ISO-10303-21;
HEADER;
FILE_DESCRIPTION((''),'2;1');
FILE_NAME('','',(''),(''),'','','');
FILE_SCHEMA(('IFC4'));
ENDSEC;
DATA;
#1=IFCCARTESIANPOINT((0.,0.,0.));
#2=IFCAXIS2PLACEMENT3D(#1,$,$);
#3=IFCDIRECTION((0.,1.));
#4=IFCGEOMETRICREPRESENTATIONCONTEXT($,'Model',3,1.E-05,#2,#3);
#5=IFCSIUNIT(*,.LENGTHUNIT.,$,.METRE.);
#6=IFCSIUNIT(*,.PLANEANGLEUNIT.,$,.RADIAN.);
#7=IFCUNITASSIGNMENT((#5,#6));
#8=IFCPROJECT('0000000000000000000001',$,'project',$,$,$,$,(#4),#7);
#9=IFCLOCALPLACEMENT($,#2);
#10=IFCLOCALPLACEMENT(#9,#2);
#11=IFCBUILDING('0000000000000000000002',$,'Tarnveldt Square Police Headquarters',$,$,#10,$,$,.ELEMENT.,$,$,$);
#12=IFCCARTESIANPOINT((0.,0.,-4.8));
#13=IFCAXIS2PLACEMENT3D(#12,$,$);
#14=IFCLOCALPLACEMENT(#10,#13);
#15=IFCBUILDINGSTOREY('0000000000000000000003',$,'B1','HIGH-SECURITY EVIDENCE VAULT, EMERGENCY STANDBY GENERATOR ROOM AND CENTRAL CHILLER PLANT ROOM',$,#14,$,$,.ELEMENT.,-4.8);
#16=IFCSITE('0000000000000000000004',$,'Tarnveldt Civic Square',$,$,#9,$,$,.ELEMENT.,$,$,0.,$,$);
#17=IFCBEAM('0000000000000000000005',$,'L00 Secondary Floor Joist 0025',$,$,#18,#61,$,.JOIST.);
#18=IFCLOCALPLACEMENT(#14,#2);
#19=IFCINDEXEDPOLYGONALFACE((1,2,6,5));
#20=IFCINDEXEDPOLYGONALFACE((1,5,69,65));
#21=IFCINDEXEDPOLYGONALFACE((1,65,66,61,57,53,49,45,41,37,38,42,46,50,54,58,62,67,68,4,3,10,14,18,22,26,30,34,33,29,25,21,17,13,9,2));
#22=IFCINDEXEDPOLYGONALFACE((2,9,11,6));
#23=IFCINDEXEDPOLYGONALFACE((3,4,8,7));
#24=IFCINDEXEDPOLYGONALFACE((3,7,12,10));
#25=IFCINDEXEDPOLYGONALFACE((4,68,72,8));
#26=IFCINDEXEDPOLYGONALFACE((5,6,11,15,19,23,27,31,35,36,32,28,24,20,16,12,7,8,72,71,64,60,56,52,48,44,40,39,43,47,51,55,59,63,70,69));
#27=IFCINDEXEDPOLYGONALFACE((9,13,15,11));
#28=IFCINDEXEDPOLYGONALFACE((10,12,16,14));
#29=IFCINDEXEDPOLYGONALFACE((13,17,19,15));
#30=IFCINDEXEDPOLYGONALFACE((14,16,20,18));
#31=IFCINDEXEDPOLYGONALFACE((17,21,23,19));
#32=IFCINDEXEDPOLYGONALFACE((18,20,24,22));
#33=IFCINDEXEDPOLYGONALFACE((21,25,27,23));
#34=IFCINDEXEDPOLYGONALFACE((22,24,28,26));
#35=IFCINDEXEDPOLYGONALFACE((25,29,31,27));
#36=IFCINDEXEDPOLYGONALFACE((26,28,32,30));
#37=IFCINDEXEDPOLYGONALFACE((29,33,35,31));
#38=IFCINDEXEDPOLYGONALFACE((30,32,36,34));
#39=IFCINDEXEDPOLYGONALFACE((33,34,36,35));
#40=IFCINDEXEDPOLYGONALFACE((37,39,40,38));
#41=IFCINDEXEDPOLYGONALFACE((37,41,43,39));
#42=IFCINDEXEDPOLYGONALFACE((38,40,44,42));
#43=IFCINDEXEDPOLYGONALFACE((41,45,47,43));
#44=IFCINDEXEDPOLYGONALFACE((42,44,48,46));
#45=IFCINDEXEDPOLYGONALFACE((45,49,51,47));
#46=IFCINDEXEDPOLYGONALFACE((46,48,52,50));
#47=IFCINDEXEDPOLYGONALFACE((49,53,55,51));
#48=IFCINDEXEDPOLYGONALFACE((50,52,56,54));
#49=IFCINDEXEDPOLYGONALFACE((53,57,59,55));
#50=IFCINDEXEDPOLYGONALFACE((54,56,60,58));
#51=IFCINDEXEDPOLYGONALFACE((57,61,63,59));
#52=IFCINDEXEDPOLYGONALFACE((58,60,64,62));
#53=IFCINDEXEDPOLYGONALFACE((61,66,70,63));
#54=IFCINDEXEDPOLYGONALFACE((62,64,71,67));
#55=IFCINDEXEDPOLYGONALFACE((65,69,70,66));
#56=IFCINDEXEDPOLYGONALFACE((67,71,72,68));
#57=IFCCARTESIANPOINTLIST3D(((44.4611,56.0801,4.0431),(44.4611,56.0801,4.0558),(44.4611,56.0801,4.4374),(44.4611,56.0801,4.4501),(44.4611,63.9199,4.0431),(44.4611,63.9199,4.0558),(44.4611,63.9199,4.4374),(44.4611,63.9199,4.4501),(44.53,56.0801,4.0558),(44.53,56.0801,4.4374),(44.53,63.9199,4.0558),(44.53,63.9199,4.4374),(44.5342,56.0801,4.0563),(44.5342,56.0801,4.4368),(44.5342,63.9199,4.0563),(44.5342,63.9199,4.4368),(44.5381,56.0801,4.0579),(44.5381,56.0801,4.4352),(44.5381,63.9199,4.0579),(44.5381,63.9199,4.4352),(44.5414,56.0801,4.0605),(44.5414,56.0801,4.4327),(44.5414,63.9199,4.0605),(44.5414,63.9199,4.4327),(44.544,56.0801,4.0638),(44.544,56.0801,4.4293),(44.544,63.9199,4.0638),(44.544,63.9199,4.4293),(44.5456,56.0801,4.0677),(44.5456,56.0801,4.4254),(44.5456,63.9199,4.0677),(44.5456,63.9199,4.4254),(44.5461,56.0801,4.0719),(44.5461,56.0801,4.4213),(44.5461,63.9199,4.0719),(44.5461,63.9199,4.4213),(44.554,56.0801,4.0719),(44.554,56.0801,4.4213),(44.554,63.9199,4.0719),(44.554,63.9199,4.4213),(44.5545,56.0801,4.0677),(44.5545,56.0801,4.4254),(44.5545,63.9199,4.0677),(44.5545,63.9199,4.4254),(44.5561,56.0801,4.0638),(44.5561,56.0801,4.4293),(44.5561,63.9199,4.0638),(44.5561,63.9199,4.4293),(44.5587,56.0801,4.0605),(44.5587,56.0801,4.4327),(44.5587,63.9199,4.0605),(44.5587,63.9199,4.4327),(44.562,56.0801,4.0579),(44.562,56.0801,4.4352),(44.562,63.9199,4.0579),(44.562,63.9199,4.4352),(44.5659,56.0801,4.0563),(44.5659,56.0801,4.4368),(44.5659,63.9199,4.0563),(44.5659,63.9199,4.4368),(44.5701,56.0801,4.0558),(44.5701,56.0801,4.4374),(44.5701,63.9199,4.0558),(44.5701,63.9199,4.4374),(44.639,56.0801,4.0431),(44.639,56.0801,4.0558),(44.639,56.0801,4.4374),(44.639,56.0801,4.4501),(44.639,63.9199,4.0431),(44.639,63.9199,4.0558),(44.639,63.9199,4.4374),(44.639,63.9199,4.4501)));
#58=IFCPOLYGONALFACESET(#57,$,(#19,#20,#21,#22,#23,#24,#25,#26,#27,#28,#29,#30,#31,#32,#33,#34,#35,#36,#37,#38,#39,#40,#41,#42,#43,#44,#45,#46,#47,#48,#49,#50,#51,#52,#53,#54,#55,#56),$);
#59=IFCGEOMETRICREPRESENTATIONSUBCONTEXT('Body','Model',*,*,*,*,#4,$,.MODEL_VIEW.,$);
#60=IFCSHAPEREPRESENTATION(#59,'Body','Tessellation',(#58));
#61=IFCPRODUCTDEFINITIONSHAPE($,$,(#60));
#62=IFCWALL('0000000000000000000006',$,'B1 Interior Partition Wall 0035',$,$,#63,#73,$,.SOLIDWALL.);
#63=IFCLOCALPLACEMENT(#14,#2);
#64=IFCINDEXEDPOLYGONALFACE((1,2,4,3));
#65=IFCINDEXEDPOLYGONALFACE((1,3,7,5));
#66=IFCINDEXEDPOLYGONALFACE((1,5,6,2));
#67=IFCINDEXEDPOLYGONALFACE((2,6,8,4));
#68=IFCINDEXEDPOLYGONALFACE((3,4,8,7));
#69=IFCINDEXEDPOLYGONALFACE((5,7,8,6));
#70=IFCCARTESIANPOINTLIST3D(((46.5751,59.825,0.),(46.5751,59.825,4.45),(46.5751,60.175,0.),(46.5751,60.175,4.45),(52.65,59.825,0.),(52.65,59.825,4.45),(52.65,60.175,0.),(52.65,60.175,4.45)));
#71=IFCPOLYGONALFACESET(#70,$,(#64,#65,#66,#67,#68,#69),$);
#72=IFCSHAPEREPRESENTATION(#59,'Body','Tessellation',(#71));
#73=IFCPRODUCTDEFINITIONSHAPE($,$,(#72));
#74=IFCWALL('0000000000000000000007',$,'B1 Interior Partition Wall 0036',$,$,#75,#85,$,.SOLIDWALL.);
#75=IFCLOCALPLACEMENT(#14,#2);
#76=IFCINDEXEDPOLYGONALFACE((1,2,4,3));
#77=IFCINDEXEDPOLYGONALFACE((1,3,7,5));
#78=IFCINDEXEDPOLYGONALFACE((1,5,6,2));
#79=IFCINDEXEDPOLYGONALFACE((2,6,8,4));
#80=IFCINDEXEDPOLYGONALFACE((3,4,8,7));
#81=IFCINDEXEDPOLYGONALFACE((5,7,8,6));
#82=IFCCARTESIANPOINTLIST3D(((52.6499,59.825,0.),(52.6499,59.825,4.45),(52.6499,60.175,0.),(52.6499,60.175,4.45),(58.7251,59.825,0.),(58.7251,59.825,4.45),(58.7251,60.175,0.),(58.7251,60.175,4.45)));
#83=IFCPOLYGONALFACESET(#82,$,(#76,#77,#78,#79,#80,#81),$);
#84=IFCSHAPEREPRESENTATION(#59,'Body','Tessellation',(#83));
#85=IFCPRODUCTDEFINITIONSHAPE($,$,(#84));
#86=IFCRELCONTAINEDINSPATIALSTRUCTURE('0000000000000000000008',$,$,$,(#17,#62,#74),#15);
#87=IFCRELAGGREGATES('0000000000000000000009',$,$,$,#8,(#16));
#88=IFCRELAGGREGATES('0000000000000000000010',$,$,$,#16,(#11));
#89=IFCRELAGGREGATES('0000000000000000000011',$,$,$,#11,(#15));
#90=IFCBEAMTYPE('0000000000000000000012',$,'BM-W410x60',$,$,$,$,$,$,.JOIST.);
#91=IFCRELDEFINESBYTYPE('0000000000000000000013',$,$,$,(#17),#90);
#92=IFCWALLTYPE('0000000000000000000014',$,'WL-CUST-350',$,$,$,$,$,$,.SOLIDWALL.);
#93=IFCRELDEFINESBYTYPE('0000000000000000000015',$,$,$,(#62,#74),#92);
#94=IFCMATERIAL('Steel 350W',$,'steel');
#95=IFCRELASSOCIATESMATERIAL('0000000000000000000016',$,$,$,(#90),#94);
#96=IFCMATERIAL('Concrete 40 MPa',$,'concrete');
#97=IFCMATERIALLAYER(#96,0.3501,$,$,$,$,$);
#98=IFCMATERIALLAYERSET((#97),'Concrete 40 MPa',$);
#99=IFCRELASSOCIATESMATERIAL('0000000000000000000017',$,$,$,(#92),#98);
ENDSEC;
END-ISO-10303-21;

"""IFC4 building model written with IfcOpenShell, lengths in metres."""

from ifc_helpers import new_model, si_unit, direction, frame, frame_2d, origin, origin_2d, place, context, subcontext, project, spatial, rectangle, i_section, extrude, material, layer, layer_set, material_profile, profile_set, type_object, element, save


model = new_model("IFC4")

# Units and contexts
model_context = context("Model", 3, precision=1e-05, world=origin(), true_north=direction((0.0, 1.0)))
body_context = subcontext(model_context, "Body", "Model", "MODEL_VIEW")
ifc_project = project(units=[si_unit("LENGTHUNIT", "METRE"), si_unit("PLANEANGLEUNIT", "RADIAN")], contexts=[model_context])

# Site, building, storey
site_placement = place(None, origin())
site = spatial("IfcSite", under=ifc_project, at=site_placement, Name="Tarnveldt Civic Square", CompositionType="ELEMENT", RefElevation=0.0)
building_placement = place(site_placement, origin())
building = spatial("IfcBuilding", under=site, at=building_placement, Name="Tarnveldt Square Police Headquarters", CompositionType="ELEMENT")
storey_placement = place(building_placement, frame((0.0, 0.0, -4.8)))
storey = spatial("IfcBuildingStorey", under=building, at=storey_placement, Name="B1", Description="HIGH-SECURITY EVIDENCE VAULT, EMERGENCY STANDBY GENERATOR ROOM AND CENTRAL CHILLER PLANT ROOM", CompositionType="ELEMENT", Elevation=-4.8)

# Beam
ifc_material_1 = material(Name="Concrete 40 MPa", Category="concrete")
ifc_material_2 = material(Name="Steel 350W", Category="steel")
ifc_material_profile_1 = material_profile(ifc_material_2, i_section(OverallWidth=0.178, OverallDepth=0.407, WebThickness=0.0078, FlangeThickness=0.0127, FilletRadius=0.0161, at=origin_2d()), Name="W410x60")
ifc_profile_set_1 = profile_set([ifc_material_profile_1], Name="Steel 350W")
beam_type_1 = type_object("IfcBeamType", Name="BM-W410x60", PredefinedType="JOIST", material=ifc_profile_set_1)
beam_1_placement = place(storey_placement, frame((44.55, 56.0801, 4.2466), z_axis=(0.0, 1.0, 0.0), x_axis=(-1.0, 0.0, 0.0)))
element("IfcBeam", 1, at=beam_1_placement, inside=storey, type_object=beam_type_1, Name="L00 Secondary Floor Joist 0025", PredefinedType="JOIST", context=body_context, shape_type="SweptSolid", body=[
    extrude(i_section(OverallWidth=0.178, OverallDepth=0.407, WebThickness=0.0078, FlangeThickness=0.0127, FilletRadius=0.0161, at=origin_2d()), origin(), (0.0, 0.0, 1.0), 7.8398),
])

# Walls
ifc_layer = layer(ifc_material_1, 0.3501)
ifc_layer_set = layer_set([ifc_layer], Name="Concrete 40 MPa")
wall_type = type_object("IfcWallType", Name="WL-CUST-350", PredefinedType="SOLIDWALL", material=ifc_layer_set)
wall_1_placement = place(storey_placement, frame((46.575, 60.0, 0.0), z_axis=(0.0, 0.0, 1.0), x_axis=(1.0, 0.0, 0.0)))
element("IfcWall", 2, at=wall_1_placement, inside=storey, type_object=wall_type, Name="B1 Interior Partition Wall 0035", PredefinedType="SOLIDWALL", context=body_context, shape_type="SweptSolid", body=[
    extrude(rectangle(XDim=6.075, YDim=0.3501, at=frame_2d((3.0376, 0.0))), origin(), (0.0, 0.0, 1.0), 4.45),
])
wall_2_placement = place(storey_placement, frame((52.6499, 60.0, 0.0), z_axis=(0.0, 0.0, 1.0), x_axis=(1.0, 0.0, 0.0)))
element("IfcWall", 3, at=wall_2_placement, inside=storey, type_object=wall_type, Name="B1 Interior Partition Wall 0036", PredefinedType="SOLIDWALL", context=body_context, shape_type="SweptSolid", body=[
    extrude(rectangle(XDim=6.0752, YDim=0.3501, at=frame_2d((3.0376, 0.0))), origin(), (0.0, 0.0, 1.0), 4.45),
])

save(model, "model.ifc")
